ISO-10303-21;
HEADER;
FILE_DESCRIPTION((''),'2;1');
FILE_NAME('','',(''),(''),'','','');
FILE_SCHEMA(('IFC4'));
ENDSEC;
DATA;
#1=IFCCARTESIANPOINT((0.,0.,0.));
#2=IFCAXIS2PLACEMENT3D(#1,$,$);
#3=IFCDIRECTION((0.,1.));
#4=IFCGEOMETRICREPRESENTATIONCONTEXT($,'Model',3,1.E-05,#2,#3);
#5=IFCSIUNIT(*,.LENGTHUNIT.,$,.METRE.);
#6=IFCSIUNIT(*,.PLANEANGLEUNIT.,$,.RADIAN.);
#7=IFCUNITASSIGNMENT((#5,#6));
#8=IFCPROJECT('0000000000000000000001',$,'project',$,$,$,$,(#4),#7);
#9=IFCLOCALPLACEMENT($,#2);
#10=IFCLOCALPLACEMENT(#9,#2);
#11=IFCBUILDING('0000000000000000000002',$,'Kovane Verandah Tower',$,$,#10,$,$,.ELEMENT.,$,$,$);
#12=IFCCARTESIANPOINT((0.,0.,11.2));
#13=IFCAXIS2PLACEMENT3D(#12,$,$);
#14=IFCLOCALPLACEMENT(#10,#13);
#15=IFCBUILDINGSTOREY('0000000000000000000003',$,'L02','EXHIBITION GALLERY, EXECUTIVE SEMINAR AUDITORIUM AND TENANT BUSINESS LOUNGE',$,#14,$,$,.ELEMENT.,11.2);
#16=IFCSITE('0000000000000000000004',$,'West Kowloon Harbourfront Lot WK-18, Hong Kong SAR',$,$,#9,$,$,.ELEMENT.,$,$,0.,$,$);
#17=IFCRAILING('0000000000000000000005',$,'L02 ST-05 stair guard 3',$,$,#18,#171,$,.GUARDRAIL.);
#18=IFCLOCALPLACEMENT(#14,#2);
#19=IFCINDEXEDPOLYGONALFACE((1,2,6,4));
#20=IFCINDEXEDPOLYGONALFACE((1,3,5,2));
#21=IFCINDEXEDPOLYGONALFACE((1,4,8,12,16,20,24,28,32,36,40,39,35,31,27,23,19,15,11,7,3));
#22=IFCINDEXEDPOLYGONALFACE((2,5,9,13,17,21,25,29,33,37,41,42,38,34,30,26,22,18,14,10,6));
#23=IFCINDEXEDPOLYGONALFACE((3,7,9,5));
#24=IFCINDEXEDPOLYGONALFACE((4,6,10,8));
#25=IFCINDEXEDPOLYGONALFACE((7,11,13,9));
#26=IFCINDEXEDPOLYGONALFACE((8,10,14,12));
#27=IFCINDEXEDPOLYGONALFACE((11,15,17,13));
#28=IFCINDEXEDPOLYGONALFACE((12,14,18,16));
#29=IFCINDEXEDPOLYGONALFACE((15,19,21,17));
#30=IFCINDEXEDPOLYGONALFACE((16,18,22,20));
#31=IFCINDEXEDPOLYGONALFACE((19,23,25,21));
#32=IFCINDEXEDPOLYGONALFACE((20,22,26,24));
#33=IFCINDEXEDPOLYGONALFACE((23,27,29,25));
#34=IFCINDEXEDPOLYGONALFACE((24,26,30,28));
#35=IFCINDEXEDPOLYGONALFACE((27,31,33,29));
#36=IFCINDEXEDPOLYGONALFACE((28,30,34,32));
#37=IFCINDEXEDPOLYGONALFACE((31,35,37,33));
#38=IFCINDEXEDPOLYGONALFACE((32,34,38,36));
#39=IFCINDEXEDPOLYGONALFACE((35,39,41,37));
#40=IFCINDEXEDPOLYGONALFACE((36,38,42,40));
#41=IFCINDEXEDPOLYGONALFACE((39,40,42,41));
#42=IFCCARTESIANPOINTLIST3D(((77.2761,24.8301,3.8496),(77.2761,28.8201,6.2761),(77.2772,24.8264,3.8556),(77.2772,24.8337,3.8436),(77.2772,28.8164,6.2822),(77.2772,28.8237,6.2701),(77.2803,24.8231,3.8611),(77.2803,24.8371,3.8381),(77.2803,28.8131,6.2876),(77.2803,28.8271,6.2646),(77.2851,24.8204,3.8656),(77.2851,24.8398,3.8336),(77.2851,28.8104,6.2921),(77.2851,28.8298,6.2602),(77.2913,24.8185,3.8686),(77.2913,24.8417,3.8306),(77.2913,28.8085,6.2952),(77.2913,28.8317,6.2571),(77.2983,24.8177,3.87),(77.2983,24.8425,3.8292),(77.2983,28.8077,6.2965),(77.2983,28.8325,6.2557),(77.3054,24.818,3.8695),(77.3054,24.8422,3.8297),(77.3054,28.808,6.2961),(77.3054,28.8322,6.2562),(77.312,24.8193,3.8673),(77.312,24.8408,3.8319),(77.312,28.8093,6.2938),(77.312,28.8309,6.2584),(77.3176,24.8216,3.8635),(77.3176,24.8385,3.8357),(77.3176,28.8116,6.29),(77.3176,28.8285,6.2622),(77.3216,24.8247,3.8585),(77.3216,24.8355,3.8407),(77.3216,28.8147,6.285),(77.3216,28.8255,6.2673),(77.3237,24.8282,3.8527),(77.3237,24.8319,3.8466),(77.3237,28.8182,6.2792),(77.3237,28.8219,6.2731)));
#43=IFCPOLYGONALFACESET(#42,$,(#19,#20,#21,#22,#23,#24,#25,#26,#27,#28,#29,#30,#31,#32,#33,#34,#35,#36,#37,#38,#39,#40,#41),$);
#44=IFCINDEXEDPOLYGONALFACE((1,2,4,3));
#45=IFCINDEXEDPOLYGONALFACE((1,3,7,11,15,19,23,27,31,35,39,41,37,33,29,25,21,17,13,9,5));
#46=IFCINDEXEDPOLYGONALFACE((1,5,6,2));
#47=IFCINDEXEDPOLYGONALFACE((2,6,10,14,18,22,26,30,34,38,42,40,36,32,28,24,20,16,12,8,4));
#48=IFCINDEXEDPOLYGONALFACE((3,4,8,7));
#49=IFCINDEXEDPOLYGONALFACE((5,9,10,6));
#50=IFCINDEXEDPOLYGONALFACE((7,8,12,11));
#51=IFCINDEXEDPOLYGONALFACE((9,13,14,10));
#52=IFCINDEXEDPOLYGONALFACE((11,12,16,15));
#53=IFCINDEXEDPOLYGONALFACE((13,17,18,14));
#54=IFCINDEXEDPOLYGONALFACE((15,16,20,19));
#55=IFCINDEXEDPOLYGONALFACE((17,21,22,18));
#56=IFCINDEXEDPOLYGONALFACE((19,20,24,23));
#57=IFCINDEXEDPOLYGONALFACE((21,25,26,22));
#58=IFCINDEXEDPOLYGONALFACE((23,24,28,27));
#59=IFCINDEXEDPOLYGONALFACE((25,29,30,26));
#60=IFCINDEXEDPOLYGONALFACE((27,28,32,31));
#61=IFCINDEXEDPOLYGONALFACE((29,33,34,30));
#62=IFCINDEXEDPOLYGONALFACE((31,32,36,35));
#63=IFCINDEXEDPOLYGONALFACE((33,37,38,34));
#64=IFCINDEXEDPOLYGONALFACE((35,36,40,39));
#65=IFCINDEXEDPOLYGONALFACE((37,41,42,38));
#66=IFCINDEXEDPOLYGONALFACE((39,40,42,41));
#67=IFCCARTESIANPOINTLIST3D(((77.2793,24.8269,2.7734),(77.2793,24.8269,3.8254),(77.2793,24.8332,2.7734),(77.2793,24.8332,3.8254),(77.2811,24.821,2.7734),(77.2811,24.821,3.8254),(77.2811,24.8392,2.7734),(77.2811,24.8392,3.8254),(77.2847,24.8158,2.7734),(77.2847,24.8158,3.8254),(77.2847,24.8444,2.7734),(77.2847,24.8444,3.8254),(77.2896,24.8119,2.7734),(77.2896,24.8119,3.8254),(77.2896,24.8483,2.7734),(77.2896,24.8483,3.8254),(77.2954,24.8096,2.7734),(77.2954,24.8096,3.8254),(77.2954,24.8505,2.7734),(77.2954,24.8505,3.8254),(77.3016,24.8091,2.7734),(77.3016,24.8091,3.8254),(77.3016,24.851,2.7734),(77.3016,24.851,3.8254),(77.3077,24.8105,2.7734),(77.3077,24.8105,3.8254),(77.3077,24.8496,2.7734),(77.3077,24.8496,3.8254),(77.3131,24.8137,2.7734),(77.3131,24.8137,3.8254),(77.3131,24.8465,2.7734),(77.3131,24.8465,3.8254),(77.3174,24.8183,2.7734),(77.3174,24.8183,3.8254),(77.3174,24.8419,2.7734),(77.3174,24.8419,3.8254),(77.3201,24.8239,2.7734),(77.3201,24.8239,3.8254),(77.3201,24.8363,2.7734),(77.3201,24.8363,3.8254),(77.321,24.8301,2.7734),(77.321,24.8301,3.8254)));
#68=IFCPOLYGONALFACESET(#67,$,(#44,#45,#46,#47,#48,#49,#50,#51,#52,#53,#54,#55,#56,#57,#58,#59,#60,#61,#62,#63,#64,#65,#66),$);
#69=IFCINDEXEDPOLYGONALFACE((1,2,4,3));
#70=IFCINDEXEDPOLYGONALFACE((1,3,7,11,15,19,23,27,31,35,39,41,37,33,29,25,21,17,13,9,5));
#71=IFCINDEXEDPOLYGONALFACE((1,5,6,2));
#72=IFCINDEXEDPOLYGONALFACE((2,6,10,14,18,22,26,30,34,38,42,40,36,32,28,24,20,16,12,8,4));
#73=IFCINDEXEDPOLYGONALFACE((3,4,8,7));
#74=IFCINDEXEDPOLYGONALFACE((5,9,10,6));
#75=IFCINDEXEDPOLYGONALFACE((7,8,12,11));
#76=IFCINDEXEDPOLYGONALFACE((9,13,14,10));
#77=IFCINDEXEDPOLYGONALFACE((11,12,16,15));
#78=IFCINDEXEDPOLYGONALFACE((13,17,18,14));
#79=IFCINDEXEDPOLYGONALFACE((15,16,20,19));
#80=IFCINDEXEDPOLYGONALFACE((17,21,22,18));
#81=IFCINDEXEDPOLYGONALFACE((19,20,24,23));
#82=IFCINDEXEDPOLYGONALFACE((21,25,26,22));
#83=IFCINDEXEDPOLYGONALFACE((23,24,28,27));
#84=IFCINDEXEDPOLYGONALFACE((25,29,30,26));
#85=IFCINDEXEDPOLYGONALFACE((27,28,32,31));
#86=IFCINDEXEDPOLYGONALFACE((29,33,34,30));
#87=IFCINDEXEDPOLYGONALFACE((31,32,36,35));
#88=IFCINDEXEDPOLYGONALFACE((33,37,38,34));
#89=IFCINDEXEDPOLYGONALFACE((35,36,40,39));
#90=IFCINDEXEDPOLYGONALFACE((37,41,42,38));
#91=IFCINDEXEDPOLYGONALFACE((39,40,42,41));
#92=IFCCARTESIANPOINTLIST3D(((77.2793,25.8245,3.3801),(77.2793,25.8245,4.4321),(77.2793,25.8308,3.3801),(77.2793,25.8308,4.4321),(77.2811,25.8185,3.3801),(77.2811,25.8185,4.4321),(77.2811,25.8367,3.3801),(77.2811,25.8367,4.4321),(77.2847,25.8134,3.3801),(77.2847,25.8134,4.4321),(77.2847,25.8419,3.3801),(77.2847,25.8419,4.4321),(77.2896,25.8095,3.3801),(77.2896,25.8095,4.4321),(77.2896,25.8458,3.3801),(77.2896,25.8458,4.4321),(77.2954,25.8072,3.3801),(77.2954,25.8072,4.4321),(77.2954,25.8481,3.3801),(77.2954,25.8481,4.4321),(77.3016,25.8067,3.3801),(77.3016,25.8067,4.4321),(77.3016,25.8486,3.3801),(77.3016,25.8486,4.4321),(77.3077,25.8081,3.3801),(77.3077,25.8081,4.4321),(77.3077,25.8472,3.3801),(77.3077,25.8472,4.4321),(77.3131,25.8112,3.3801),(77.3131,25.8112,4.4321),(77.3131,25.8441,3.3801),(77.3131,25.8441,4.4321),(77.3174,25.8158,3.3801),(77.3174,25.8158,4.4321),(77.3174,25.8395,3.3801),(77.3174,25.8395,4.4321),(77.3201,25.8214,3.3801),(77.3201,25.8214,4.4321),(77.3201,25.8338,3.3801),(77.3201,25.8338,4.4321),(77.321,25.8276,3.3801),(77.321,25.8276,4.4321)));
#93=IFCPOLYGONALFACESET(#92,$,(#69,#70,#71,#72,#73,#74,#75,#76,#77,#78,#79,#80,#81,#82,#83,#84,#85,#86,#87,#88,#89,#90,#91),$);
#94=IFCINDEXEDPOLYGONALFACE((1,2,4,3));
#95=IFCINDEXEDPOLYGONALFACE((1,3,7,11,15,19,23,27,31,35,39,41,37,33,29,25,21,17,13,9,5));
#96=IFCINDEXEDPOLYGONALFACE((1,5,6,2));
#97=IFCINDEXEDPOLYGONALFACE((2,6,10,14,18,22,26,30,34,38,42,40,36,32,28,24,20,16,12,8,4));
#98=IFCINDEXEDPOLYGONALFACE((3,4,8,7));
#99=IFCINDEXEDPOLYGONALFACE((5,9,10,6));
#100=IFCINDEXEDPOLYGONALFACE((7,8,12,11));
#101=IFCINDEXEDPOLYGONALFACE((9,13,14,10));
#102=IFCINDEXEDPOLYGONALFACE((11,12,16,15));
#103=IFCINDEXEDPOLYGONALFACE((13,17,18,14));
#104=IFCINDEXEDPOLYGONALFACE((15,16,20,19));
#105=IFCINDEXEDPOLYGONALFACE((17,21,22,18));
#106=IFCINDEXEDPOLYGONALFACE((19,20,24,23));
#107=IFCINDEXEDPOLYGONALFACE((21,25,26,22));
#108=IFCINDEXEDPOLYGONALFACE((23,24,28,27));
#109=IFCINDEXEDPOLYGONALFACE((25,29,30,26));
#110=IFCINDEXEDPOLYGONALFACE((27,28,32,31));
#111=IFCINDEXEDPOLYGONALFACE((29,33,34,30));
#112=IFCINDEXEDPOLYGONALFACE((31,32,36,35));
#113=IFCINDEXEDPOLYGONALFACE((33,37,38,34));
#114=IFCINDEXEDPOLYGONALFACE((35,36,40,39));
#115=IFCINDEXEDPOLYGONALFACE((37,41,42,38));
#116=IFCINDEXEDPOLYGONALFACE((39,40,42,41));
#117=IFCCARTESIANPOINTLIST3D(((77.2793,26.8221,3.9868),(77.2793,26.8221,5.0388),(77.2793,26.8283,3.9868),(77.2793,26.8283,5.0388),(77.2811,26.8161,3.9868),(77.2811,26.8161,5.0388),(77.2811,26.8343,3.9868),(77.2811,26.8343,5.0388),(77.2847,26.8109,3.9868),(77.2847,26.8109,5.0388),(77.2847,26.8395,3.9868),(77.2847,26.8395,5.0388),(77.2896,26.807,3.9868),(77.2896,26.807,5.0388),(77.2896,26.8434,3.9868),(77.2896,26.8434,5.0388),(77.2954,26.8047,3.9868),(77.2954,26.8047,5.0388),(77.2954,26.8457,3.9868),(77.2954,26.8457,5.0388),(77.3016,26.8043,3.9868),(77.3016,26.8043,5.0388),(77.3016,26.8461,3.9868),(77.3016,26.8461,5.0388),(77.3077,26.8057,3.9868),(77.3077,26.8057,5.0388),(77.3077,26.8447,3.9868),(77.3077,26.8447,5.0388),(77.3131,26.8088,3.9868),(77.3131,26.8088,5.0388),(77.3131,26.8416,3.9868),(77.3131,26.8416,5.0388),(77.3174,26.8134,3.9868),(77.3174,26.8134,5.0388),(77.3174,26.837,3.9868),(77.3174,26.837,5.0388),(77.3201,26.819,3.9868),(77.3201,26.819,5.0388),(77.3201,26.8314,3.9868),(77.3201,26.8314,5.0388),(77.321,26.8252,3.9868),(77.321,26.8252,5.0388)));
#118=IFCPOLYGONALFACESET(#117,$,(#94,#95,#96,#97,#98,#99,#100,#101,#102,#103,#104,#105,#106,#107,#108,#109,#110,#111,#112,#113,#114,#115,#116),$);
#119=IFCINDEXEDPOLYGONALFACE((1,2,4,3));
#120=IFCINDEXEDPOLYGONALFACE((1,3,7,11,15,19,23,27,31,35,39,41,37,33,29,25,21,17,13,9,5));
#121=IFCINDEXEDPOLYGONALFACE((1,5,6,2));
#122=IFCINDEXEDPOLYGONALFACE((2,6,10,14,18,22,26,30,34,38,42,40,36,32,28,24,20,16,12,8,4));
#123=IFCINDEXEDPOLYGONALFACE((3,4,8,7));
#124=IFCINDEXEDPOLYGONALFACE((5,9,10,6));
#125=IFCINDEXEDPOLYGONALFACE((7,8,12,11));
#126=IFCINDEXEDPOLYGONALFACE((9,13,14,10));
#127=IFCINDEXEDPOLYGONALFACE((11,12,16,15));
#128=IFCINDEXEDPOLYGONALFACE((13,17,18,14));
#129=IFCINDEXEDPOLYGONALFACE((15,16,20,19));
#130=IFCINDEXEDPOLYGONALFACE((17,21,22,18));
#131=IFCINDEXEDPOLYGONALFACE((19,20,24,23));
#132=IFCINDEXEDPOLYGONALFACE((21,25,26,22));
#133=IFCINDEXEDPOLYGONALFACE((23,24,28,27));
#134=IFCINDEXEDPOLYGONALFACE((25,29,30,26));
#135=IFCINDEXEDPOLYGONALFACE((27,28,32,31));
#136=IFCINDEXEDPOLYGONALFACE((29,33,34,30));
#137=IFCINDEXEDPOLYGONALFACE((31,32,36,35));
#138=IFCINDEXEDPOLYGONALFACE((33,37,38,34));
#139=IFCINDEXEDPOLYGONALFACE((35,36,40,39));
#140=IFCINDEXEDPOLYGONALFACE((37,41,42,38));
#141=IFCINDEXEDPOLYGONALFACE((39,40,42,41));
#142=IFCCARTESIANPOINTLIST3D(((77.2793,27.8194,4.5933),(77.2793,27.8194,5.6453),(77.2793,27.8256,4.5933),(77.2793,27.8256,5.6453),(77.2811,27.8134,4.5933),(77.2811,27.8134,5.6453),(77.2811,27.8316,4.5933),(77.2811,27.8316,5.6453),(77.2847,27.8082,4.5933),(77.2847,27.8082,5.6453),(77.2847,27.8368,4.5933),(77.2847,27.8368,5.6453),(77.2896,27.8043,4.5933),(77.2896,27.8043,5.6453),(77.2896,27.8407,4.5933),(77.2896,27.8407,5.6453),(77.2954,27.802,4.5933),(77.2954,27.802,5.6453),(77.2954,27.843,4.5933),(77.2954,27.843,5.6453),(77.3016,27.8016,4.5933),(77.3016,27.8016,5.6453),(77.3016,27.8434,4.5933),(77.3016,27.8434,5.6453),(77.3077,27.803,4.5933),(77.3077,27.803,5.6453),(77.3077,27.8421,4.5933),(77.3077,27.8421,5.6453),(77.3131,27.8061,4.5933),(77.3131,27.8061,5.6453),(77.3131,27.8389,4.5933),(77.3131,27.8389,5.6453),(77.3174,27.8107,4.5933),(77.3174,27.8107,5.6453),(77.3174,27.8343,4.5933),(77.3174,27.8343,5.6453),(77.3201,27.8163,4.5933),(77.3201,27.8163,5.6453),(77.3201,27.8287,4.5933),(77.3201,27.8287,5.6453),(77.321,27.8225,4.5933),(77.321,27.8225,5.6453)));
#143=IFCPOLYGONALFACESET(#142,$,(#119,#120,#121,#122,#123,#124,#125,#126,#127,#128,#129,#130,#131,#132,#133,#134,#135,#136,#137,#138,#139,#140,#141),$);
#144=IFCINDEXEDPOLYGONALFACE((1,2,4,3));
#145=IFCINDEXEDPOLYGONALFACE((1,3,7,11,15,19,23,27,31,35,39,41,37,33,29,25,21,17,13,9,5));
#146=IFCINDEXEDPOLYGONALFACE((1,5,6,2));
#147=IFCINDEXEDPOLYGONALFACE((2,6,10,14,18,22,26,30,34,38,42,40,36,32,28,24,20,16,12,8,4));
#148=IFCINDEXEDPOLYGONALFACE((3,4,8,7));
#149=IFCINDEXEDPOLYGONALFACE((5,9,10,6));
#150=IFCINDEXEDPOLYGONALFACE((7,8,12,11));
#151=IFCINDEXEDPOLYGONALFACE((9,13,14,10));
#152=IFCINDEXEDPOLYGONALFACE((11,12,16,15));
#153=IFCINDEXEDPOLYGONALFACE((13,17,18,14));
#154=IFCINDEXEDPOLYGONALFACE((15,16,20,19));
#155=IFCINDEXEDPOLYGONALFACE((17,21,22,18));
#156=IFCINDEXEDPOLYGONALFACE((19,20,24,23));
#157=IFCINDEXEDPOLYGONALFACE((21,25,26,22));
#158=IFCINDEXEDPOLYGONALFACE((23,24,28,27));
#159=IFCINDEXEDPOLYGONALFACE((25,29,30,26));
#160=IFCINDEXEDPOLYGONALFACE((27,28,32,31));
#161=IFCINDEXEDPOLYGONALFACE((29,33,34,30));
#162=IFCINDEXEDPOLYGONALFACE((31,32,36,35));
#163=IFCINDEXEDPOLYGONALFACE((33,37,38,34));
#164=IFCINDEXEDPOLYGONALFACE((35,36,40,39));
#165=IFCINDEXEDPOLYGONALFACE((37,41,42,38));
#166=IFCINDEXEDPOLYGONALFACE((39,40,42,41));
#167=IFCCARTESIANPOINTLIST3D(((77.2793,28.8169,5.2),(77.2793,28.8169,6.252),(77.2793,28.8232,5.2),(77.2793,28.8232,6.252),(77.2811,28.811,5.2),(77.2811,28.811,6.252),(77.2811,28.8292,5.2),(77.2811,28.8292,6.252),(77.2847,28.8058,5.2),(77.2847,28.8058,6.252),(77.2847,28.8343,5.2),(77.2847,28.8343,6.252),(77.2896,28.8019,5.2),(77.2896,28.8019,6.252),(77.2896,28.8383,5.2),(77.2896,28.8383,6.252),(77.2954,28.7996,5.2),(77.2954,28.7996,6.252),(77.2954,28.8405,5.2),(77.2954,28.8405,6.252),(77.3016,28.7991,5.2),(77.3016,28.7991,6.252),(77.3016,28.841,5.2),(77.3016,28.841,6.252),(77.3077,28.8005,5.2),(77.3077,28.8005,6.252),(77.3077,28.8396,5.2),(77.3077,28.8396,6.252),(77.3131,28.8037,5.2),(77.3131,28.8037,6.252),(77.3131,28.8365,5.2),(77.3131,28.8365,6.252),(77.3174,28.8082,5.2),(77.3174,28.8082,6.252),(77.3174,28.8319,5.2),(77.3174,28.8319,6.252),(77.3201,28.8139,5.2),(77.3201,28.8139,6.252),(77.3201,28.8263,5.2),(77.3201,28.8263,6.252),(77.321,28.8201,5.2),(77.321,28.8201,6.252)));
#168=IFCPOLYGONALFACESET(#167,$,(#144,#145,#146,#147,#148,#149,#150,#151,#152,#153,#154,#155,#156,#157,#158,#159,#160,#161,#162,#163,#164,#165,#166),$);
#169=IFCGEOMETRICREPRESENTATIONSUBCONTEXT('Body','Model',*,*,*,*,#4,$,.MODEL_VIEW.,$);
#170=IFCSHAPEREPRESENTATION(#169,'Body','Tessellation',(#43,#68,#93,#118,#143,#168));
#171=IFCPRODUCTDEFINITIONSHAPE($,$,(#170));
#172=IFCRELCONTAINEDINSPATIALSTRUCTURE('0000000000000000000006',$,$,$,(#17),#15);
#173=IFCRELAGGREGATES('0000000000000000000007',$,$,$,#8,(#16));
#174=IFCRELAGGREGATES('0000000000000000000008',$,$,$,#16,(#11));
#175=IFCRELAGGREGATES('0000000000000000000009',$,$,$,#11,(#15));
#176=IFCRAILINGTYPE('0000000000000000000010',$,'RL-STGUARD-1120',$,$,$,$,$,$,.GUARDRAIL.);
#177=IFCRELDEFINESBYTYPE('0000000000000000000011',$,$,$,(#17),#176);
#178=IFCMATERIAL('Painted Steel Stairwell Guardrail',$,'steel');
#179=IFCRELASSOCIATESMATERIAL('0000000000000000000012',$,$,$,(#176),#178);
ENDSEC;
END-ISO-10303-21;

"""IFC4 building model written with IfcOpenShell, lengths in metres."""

from ifc_helpers import new_model, si_unit, direction, frame, origin, origin_2d, place, context, subcontext, project, spatial, circle, extrude, material, type_object, element, save


model = new_model("IFC4")

# Units and contexts
model_context = context("Model", 3, precision=1e-05, world=origin(), true_north=direction((0.0, 1.0)))
body_context = subcontext(model_context, "Body", "Model", "MODEL_VIEW")
ifc_project = project(units=[si_unit("LENGTHUNIT", "METRE"), si_unit("PLANEANGLEUNIT", "RADIAN")], contexts=[model_context])

# Site, building, storey
site_placement = place(None, origin())
site = spatial("IfcSite", under=ifc_project, at=site_placement, Name="West Kowloon Harbourfront Lot WK-18, Hong Kong SAR", CompositionType="ELEMENT", RefElevation=0.0)
building_placement = place(site_placement, origin())
building = spatial("IfcBuilding", under=site, at=building_placement, Name="Kovane Verandah Tower", CompositionType="ELEMENT")
storey_placement = place(building_placement, frame((0.0, 0.0, 11.2)))
storey = spatial("IfcBuildingStorey", under=building, at=storey_placement, Name="L02", Description="EXHIBITION GALLERY, EXECUTIVE SEMINAR AUDITORIUM AND TENANT BUSINESS LOUNGE", CompositionType="ELEMENT", Elevation=11.2)

# Railing
ifc_material_1 = material(Name="Painted Steel Stairwell Guardrail", Category="steel")
railing_type_1 = type_object("IfcRailingType", Name="RL-STGUARD-1120", PredefinedType="GUARDRAIL", material=ifc_material_1)
railing_1_placement = place(storey_placement, frame((77.3, 24.8301, 2.7734)))
element("IfcRailing", 1, at=railing_1_placement, inside=storey, type_object=railing_type_1, Name="L02 ST-05 stair guard 3", PredefinedType="GUARDRAIL", context=body_context, shape_type="SweptSolid", body=[
    extrude(circle(Radius=0.0239, at=origin_2d()), frame((0.0, 0.0, 1.0762), z_axis=(0.0, 0.854405, 0.519607), x_axis=(-1.0, 0.0, 0.0)), (0.0, 0.0, 1.0), 4.6699),
    extrude(circle(Radius=0.021, at=origin_2d()), origin(), (0.0, 0.0, 1.0), 1.052),
    extrude(circle(Radius=0.021, at=origin_2d()), frame((0.0, 0.9976, 0.6067)), (0.0, 0.0, 1.0), 1.052),
    extrude(circle(Radius=0.021, at=origin_2d()), frame((0.0, 1.9951, 1.2134)), (0.0, 0.0, 1.0), 1.052),
    extrude(circle(Radius=0.021, at=origin_2d()), frame((0.0, 2.9924, 1.8198)), (0.0, 0.0, 1.0), 1.052),
    extrude(circle(Radius=0.021, at=origin_2d()), frame((0.0, 3.99, 2.4265)), (0.0, 0.0, 1.0), 1.052),
])

save(model, "model.ifc")
